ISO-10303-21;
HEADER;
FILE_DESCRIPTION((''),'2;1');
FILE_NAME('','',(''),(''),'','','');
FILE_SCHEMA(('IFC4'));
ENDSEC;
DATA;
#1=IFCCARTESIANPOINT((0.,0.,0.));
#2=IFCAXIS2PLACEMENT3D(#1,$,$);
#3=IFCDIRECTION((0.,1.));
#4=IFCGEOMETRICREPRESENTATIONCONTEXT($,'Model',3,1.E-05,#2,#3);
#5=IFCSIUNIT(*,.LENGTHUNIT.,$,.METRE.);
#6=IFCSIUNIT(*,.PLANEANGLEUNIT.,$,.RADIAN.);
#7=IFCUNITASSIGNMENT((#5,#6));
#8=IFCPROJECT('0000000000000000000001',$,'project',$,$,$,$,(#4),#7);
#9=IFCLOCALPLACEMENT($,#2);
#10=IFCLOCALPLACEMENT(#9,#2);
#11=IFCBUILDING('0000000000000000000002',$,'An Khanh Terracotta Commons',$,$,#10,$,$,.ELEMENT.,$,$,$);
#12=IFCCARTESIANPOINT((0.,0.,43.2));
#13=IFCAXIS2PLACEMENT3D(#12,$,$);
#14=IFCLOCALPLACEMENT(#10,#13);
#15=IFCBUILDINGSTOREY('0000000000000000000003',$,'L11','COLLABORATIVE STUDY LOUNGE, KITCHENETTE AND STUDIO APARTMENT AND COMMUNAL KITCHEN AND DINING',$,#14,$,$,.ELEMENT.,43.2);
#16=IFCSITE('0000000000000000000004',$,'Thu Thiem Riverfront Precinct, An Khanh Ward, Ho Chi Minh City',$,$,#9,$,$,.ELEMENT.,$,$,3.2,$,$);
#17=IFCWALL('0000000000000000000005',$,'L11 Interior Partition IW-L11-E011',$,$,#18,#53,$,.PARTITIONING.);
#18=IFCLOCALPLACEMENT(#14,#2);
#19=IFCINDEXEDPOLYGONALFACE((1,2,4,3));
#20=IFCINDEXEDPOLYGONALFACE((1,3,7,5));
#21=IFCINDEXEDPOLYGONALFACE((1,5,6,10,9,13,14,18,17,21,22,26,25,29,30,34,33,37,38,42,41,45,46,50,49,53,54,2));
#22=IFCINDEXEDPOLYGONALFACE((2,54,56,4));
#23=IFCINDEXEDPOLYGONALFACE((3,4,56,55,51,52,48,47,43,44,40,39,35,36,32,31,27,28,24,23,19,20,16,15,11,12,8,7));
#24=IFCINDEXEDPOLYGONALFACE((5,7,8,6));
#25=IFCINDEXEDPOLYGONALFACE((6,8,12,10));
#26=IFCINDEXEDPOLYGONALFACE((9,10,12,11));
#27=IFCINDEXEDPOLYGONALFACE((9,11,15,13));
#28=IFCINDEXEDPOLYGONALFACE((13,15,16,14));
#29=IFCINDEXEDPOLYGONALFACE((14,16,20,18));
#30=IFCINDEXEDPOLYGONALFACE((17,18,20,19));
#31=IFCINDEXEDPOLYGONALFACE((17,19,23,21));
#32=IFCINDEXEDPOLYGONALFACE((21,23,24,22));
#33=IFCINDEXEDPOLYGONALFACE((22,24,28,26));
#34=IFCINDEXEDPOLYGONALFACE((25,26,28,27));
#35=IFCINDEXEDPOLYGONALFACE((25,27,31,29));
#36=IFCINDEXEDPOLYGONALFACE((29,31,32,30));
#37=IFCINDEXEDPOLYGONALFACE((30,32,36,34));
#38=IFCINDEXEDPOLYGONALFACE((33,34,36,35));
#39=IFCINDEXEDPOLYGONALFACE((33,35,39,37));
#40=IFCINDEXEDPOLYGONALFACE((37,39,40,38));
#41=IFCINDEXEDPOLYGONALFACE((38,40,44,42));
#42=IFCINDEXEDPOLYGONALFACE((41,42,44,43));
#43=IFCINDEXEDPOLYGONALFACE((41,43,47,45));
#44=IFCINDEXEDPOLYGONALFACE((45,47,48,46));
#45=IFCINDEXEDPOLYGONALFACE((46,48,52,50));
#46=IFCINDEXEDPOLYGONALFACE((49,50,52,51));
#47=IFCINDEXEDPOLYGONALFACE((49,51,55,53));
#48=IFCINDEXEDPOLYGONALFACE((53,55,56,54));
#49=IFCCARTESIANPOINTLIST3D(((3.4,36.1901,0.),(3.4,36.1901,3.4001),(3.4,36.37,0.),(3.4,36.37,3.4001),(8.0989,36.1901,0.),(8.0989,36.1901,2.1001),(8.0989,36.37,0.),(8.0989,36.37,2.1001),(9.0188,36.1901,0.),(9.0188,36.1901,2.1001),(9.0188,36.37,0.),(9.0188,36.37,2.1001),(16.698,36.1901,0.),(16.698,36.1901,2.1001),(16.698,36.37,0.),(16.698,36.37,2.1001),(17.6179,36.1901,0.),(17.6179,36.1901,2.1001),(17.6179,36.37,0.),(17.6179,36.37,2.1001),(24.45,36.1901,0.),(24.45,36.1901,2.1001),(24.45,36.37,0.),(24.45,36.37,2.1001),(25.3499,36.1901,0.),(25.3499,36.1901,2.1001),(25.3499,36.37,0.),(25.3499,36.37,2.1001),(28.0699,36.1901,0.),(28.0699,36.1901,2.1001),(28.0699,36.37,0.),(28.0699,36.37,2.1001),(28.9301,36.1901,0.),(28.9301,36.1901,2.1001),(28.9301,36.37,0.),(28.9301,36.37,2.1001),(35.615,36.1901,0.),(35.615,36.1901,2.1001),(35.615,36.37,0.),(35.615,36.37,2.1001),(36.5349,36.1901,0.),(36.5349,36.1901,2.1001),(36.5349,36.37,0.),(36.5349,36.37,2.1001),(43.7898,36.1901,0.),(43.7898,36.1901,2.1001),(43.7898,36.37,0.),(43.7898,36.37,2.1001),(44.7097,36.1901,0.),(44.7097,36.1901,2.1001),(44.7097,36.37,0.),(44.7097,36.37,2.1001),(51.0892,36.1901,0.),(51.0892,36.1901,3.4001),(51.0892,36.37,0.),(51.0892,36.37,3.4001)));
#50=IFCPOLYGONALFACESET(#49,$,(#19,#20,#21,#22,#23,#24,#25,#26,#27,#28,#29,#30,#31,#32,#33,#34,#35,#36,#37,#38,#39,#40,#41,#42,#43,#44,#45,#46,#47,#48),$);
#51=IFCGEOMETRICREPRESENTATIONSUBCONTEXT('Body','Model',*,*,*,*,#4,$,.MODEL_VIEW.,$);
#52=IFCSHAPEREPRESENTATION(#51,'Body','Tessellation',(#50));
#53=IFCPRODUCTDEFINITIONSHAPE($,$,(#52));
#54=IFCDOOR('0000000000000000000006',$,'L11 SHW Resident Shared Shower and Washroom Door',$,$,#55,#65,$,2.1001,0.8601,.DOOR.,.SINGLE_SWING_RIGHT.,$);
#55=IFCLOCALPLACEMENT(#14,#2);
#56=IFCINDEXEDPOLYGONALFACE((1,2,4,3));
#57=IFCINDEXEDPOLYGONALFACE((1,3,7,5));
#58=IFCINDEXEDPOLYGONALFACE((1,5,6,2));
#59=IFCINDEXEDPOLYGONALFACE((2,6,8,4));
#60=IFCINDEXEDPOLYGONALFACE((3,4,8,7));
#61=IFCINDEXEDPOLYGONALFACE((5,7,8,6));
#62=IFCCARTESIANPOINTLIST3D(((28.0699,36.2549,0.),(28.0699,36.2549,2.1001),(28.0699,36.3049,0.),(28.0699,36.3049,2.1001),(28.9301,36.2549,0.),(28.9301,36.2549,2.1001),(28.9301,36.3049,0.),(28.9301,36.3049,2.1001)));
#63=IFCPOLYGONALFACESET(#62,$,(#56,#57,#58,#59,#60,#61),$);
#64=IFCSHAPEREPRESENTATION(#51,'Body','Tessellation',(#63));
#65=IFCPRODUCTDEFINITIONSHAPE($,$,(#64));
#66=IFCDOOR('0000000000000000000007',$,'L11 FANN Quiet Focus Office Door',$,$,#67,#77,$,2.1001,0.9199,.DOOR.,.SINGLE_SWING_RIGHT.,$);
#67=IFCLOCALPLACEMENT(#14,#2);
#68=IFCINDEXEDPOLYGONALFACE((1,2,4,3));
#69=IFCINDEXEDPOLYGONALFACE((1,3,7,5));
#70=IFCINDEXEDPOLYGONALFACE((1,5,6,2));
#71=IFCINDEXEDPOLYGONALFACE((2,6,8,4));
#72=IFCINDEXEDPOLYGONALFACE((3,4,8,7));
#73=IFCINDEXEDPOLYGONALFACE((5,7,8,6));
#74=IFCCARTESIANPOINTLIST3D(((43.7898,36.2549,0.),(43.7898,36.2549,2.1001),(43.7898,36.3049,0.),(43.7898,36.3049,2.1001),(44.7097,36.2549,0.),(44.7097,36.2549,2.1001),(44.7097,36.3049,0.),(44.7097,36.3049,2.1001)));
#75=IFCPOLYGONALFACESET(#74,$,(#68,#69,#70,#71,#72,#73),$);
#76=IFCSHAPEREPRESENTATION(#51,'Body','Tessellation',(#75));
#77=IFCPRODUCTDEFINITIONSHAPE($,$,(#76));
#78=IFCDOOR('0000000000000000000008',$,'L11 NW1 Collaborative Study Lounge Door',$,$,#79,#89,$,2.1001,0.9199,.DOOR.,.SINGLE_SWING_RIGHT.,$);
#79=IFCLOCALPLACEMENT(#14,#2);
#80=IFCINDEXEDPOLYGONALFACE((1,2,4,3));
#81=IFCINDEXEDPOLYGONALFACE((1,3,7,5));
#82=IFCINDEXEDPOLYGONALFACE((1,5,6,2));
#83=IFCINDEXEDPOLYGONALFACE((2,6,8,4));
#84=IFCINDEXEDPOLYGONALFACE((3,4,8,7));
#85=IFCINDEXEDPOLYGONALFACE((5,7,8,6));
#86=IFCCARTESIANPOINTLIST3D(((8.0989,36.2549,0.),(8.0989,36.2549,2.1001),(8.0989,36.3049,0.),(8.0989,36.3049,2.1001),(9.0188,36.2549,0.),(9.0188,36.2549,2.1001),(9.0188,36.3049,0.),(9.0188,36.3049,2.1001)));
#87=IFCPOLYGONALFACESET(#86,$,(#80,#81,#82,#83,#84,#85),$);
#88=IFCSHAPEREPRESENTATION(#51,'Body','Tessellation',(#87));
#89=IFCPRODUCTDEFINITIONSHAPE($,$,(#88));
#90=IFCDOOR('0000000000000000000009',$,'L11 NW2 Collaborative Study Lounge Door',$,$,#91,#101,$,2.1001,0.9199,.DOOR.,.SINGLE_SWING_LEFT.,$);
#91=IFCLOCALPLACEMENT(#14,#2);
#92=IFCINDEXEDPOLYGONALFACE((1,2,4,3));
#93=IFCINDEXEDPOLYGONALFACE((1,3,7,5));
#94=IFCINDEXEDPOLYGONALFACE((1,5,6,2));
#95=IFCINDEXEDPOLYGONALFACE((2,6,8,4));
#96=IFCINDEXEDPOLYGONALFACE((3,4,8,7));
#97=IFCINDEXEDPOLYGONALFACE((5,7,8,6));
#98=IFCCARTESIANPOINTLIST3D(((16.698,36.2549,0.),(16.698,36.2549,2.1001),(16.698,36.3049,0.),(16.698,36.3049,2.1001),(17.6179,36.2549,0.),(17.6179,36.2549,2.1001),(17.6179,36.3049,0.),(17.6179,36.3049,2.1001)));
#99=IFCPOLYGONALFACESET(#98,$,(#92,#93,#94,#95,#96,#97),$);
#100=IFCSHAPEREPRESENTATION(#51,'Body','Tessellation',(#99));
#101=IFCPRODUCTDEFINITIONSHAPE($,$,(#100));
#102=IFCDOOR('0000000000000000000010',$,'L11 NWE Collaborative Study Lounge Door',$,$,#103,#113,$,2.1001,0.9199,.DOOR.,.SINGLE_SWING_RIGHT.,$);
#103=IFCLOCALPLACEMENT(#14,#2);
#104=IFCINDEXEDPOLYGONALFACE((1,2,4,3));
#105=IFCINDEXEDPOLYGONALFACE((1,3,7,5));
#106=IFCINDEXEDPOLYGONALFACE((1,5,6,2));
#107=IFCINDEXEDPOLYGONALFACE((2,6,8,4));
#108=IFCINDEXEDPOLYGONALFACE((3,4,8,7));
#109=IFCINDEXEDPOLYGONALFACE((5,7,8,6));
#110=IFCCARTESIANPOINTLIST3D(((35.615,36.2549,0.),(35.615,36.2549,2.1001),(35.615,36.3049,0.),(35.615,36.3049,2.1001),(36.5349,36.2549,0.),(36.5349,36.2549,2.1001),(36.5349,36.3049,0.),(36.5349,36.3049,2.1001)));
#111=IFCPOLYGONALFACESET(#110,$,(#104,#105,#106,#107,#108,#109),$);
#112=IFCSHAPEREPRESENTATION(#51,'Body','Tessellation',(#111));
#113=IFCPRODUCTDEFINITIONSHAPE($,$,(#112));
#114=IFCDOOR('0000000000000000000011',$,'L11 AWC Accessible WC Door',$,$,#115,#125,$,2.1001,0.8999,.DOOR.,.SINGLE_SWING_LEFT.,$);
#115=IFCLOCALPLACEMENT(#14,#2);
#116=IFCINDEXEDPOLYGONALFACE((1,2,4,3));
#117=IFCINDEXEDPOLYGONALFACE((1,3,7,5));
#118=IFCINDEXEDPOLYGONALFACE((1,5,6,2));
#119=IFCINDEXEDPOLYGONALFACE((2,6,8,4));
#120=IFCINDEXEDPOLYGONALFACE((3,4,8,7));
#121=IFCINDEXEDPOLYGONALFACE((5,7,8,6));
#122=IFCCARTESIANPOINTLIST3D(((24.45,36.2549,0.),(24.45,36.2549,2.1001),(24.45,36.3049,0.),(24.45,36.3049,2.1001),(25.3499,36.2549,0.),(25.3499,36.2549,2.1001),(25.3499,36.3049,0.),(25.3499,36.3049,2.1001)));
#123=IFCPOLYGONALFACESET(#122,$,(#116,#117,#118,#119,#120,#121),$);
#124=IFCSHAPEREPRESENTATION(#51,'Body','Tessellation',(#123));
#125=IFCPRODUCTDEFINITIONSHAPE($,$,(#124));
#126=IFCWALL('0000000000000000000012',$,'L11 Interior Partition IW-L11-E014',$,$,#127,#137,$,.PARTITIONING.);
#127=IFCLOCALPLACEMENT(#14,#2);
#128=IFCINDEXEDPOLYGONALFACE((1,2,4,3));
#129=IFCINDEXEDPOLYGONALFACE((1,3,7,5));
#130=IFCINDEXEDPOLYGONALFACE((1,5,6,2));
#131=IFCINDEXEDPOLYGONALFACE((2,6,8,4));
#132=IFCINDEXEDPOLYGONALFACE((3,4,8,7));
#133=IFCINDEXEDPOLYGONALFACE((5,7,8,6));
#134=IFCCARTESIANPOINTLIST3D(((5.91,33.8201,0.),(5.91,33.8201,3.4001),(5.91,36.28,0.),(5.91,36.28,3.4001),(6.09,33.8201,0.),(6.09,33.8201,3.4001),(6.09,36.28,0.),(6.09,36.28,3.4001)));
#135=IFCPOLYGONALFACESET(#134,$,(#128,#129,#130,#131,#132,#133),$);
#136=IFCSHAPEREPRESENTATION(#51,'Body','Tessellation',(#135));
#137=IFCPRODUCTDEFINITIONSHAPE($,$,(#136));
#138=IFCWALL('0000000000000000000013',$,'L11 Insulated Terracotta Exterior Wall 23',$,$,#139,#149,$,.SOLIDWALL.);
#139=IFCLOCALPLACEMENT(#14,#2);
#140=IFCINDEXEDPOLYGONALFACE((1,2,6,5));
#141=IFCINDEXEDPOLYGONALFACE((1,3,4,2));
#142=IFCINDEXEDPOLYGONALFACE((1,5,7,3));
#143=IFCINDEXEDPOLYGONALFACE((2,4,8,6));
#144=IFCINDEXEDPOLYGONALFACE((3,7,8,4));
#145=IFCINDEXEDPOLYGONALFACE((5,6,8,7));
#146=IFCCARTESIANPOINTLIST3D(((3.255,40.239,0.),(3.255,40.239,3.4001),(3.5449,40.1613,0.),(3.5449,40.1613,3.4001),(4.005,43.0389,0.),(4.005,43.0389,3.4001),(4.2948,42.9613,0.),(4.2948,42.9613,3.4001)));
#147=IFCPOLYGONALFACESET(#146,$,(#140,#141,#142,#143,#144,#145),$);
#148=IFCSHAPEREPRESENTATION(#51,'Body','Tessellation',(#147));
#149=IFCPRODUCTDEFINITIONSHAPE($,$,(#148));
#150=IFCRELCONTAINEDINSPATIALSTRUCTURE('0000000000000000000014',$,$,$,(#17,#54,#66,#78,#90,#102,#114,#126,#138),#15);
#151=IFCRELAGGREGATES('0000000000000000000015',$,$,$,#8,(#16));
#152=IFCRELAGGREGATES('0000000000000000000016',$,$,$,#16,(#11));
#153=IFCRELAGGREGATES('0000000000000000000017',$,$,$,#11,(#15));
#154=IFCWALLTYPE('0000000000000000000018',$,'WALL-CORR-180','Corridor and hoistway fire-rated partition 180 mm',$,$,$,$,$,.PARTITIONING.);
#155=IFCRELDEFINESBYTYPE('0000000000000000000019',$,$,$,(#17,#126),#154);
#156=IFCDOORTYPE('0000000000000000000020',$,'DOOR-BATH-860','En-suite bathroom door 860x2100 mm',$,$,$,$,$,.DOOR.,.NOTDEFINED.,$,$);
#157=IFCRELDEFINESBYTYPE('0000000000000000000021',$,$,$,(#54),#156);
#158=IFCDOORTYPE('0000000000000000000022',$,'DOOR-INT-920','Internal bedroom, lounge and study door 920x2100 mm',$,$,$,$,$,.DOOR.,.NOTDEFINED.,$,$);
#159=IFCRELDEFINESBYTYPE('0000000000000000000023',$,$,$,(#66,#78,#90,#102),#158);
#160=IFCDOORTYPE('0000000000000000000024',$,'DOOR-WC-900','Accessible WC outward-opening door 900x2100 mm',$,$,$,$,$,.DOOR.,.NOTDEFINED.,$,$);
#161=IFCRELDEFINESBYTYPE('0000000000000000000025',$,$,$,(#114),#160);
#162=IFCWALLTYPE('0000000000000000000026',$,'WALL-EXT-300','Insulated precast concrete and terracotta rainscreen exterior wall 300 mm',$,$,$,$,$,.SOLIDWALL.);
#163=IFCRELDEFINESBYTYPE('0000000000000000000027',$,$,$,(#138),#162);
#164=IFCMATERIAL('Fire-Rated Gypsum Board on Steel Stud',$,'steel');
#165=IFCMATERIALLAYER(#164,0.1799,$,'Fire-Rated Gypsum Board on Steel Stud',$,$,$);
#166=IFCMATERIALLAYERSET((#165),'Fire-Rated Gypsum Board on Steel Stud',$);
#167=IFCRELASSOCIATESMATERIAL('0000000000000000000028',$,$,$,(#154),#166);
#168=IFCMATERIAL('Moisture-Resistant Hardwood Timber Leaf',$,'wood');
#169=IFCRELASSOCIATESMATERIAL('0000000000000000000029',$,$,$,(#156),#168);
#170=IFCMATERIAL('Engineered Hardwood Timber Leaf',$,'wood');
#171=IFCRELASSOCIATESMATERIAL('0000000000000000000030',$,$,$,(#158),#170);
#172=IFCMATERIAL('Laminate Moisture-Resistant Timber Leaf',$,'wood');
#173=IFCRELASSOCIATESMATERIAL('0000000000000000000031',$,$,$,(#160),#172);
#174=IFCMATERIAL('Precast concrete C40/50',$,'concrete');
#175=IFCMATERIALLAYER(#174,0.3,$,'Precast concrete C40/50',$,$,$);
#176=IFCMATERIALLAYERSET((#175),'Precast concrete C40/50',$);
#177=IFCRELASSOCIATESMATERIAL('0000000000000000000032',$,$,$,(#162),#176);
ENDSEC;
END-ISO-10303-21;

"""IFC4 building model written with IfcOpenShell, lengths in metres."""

from ifc_helpers import new_model, si_unit, direction, frame, frame_2d, origin, place, context, subcontext, project, spatial, rectangle, extrude, material, layer, layer_set, type_object, element, fill, save


model = new_model("IFC4")

# Units and contexts
model_context = context("Model", 3, precision=1e-05, world=origin(), true_north=direction((0.0, 1.0)))
body_context = subcontext(model_context, "Body", "Model", "MODEL_VIEW")
ifc_project = project(units=[si_unit("LENGTHUNIT", "METRE"), si_unit("PLANEANGLEUNIT", "RADIAN")], contexts=[model_context])

# Site, building, storey
site_placement = place(None, origin())
site = spatial("IfcSite", under=ifc_project, at=site_placement, Name="Thu Thiem Riverfront Precinct, An Khanh Ward, Ho Chi Minh City", CompositionType="ELEMENT", RefElevation=3.2)
building_placement = place(site_placement, origin())
building = spatial("IfcBuilding", under=site, at=building_placement, Name="An Khanh Terracotta Commons", CompositionType="ELEMENT")
storey_placement = place(building_placement, frame((0.0, 0.0, 43.2)))
storey = spatial("IfcBuildingStorey", under=building, at=storey_placement, Name="L11", Description="COLLABORATIVE STUDY LOUNGE, KITCHENETTE AND STUDIO APARTMENT AND COMMUNAL KITCHEN AND DINING", CompositionType="ELEMENT", Elevation=43.2)

# Shared definitions
ifc_material_1 = material(Name="Fire-Rated Gypsum Board on Steel Stud", Category="steel")
ifc_layer_1 = layer(ifc_material_1, 0.1799, Name="Fire-Rated Gypsum Board on Steel Stud")
ifc_layer_set_1 = layer_set([ifc_layer_1], Name="Fire-Rated Gypsum Board on Steel Stud")
wall_type_1 = type_object("IfcWallType", Name="WALL-CORR-180", Description="Corridor and hoistway fire-rated partition 180 mm", PredefinedType="PARTITIONING", material=ifc_layer_set_1)

# Wall, openings, doors
wall_1_placement = place(storey_placement, frame((3.3999, 36.28, 0.0), z_axis=(0.0, 0.0, 1.0), x_axis=(1.0, 0.0, 0.0)))
wall_1 = element("IfcWall", 1, at=wall_1_placement, inside=storey, type_object=wall_type_1, Name="L11 Interior Partition IW-L11-E011", PredefinedType="PARTITIONING", context=body_context, shape_type="SweptSolid", body=[
    extrude(rectangle(XDim=47.6892, YDim=0.1799, at=frame_2d((23.8447, 0.0))), origin(), (0.0, 0.0, 1.0), 3.4001),
])
opening_1_placement = place(wall_1_placement, frame((21.05, 0.0, 0.0)))
opening_1 = element("IfcOpeningElement", 2, at=opening_1_placement, cuts=wall_1, PredefinedType="OPENING", context=body_context, shape_type="SweptSolid", body=[
    extrude(rectangle(XDim=0.8999, YDim=2.1001, at=frame_2d((0.45, 1.05))), frame((0.0, 0.0999, 0.0), z_axis=(0.0, -1.0, 0.0), x_axis=(1.0, 0.0, 0.0)), (0.0, 0.0, 1.0), 0.2),
])
opening_2_placement = place(wall_1_placement, frame((24.6699, 0.0, 0.0)))
opening_2 = element("IfcOpeningElement", 3, at=opening_2_placement, cuts=wall_1, PredefinedType="OPENING", context=body_context, shape_type="SweptSolid", body=[
    extrude(rectangle(XDim=0.8601, YDim=2.1001, at=frame_2d((0.4302, 1.05))), frame((0.0, 0.0999, 0.0), z_axis=(0.0, -1.0, 0.0), x_axis=(1.0, 0.0, 0.0)), (0.0, 0.0, 1.0), 0.2),
])
opening_3_placement = place(wall_1_placement, frame((40.3899, 0.0, 0.0)))
opening_3 = element("IfcOpeningElement", 4, at=opening_3_placement, cuts=wall_1, PredefinedType="OPENING", context=body_context, shape_type="SweptSolid", body=[
    extrude(rectangle(XDim=0.9199, YDim=2.1001, at=frame_2d((0.46, 1.05))), frame((0.0, 0.0999, 0.0), z_axis=(0.0, -1.0, 0.0), x_axis=(1.0, 0.0, 0.0)), (0.0, 0.0, 1.0), 0.2),
])
opening_4_placement = place(wall_1_placement, frame((4.699, 0.0, 0.0)))
opening_4 = element("IfcOpeningElement", 5, at=opening_4_placement, cuts=wall_1, PredefinedType="OPENING", context=body_context, shape_type="SweptSolid", body=[
    extrude(rectangle(XDim=0.9199, YDim=2.1001, at=frame_2d((0.46, 1.05))), frame((0.0, 0.0999, 0.0), z_axis=(0.0, -1.0, 0.0), x_axis=(1.0, 0.0, 0.0)), (0.0, 0.0, 1.0), 0.2),
])
opening_5_placement = place(wall_1_placement, frame((13.2981, 0.0, 0.0)))
opening_5 = element("IfcOpeningElement", 6, at=opening_5_placement, cuts=wall_1, PredefinedType="OPENING", context=body_context, shape_type="SweptSolid", body=[
    extrude(rectangle(XDim=0.9199, YDim=2.1001, at=frame_2d((0.46, 1.05))), frame((0.0, 0.0999, 0.0), z_axis=(0.0, -1.0, 0.0), x_axis=(1.0, 0.0, 0.0)), (0.0, 0.0, 1.0), 0.2),
])
opening_6_placement = place(wall_1_placement, frame((32.2151, 0.0, 0.0)))
opening_6 = element("IfcOpeningElement", 7, at=opening_6_placement, cuts=wall_1, PredefinedType="OPENING", context=body_context, shape_type="SweptSolid", body=[
    extrude(rectangle(XDim=0.9199, YDim=2.1001, at=frame_2d((0.46, 1.05))), frame((0.0, 0.0999, 0.0), z_axis=(0.0, -1.0, 0.0), x_axis=(1.0, 0.0, 0.0)), (0.0, 0.0, 1.0), 0.2),
])
ifc_material_2 = material(Name="Moisture-Resistant Hardwood Timber Leaf", Category="wood")
door_type_1 = type_object("IfcDoorType", Name="DOOR-BATH-860", Description="En-suite bathroom door 860x2100 mm", OperationType="NOTDEFINED", PredefinedType="DOOR", material=ifc_material_2)
door_1_placement = place(opening_2_placement, origin())
door_1 = element("IfcDoor", 8, at=door_1_placement, inside=storey, type_object=door_type_1, Name="L11 SHW Resident Shared Shower and Washroom Door", OperationType="SINGLE_SWING_RIGHT", OverallHeight=2.1001, OverallWidth=0.8601, PredefinedType="DOOR", context=body_context, shape_type="SweptSolid", body=[
    extrude(rectangle(XDim=0.8601, YDim=2.1001, at=frame_2d((0.4302, 1.05))), frame((0.0, 0.0249, 0.0), z_axis=(0.0, -1.0, 0.0), x_axis=(1.0, 0.0, 0.0)), (0.0, 0.0, 1.0), 0.05),
])
fill(opening_2, door_1)
ifc_material_3 = material(Name="Engineered Hardwood Timber Leaf", Category="wood")
door_type_2 = type_object("IfcDoorType", Name="DOOR-INT-920", Description="Internal bedroom, lounge and study door 920x2100 mm", OperationType="NOTDEFINED", PredefinedType="DOOR", material=ifc_material_3)
door_2_placement = place(opening_3_placement, origin())
door_2 = element("IfcDoor", 9, at=door_2_placement, inside=storey, type_object=door_type_2, Name="L11 FANN Quiet Focus Office Door", OperationType="SINGLE_SWING_RIGHT", OverallHeight=2.1001, OverallWidth=0.9199, PredefinedType="DOOR", context=body_context, shape_type="SweptSolid", body=[
    extrude(rectangle(XDim=0.9199, YDim=2.1001, at=frame_2d((0.46, 1.05))), frame((0.0, 0.0249, 0.0), z_axis=(0.0, -1.0, 0.0), x_axis=(1.0, 0.0, 0.0)), (0.0, 0.0, 1.0), 0.05),
])
fill(opening_3, door_2)
door_3_placement = place(opening_4_placement, origin())
door_3 = element("IfcDoor", 10, at=door_3_placement, inside=storey, type_object=door_type_2, Name="L11 NW1 Collaborative Study Lounge Door", OperationType="SINGLE_SWING_RIGHT", OverallHeight=2.1001, OverallWidth=0.9199, PredefinedType="DOOR", context=body_context, shape_type="SweptSolid", body=[
    extrude(rectangle(XDim=0.9199, YDim=2.1001, at=frame_2d((0.46, 1.05))), frame((0.0, 0.0249, 0.0), z_axis=(0.0, -1.0, 0.0), x_axis=(1.0, 0.0, 0.0)), (0.0, 0.0, 1.0), 0.05),
])
fill(opening_4, door_3)
door_4_placement = place(opening_5_placement, origin())
door_4 = element("IfcDoor", 11, at=door_4_placement, inside=storey, type_object=door_type_2, Name="L11 NW2 Collaborative Study Lounge Door", OperationType="SINGLE_SWING_LEFT", OverallHeight=2.1001, OverallWidth=0.9199, PredefinedType="DOOR", context=body_context, shape_type="SweptSolid", body=[
    extrude(rectangle(XDim=0.9199, YDim=2.1001, at=frame_2d((0.46, 1.05))), frame((0.0, 0.0249, 0.0), z_axis=(0.0, -1.0, 0.0), x_axis=(1.0, 0.0, 0.0)), (0.0, 0.0, 1.0), 0.05),
])
fill(opening_5, door_4)
door_5_placement = place(opening_6_placement, origin())
door_5 = element("IfcDoor", 12, at=door_5_placement, inside=storey, type_object=door_type_2, Name="L11 NWE Collaborative Study Lounge Door", OperationType="SINGLE_SWING_RIGHT", OverallHeight=2.1001, OverallWidth=0.9199, PredefinedType="DOOR", context=body_context, shape_type="SweptSolid", body=[
    extrude(rectangle(XDim=0.9199, YDim=2.1001, at=frame_2d((0.46, 1.05))), frame((0.0, 0.0249, 0.0), z_axis=(0.0, -1.0, 0.0), x_axis=(1.0, 0.0, 0.0)), (0.0, 0.0, 1.0), 0.05),
])
fill(opening_6, door_5)
ifc_material_4 = material(Name="Laminate Moisture-Resistant Timber Leaf", Category="wood")
door_type_3 = type_object("IfcDoorType", Name="DOOR-WC-900", Description="Accessible WC outward-opening door 900x2100 mm", OperationType="NOTDEFINED", PredefinedType="DOOR", material=ifc_material_4)
door_6_placement = place(opening_1_placement, origin())
door_6 = element("IfcDoor", 13, at=door_6_placement, inside=storey, type_object=door_type_3, Name="L11 AWC Accessible WC Door", OperationType="SINGLE_SWING_LEFT", OverallHeight=2.1001, OverallWidth=0.8999, PredefinedType="DOOR", context=body_context, shape_type="SweptSolid", body=[
    extrude(rectangle(XDim=0.8999, YDim=2.1001, at=frame_2d((0.45, 1.05))), frame((0.0, 0.0249, 0.0), z_axis=(0.0, -1.0, 0.0), x_axis=(1.0, 0.0, 0.0)), (0.0, 0.0, 1.0), 0.05),
])
fill(opening_1, door_6)

# Walls
wall_2_placement = place(storey_placement, frame((6.0, 33.8201, 0.0), z_axis=(0.0, 0.0, 1.0), x_axis=(0.0, 1.0, 0.0)))
element("IfcWall", 14, at=wall_2_placement, inside=storey, type_object=wall_type_1, Name="L11 Interior Partition IW-L11-E014", PredefinedType="PARTITIONING", context=body_context, shape_type="SweptSolid", body=[
    extrude(rectangle(XDim=2.46, YDim=0.1799, at=frame_2d((1.23, 0.0))), origin(), (0.0, 0.0, 1.0), 3.4001),
])
ifc_material_5 = material(Name="Precast concrete C40/50", Category="concrete")
ifc_layer_2 = layer(ifc_material_5, 0.3, Name="Precast concrete C40/50")
ifc_layer_set_2 = layer_set([ifc_layer_2], Name="Precast concrete C40/50")
wall_type_2 = type_object("IfcWallType", Name="WALL-EXT-300", Description="Insulated precast concrete and terracotta rainscreen exterior wall 300 mm", PredefinedType="SOLIDWALL", material=ifc_layer_set_2)
wall_3_placement = place(storey_placement, frame((4.1499, 43.0, 0.0), z_axis=(0.0, 0.0, 1.0), x_axis=(-0.258732, -0.965949, 0.0)))
element("IfcWall", 15, at=wall_3_placement, inside=storey, type_object=wall_type_2, Name="L11 Insulated Terracotta Exterior Wall 23", PredefinedType="SOLIDWALL", context=body_context, shape_type="SweptSolid", body=[
    extrude(rectangle(XDim=2.8987, YDim=0.3, at=frame_2d((1.4492, 0.0))), origin(), (0.0, 0.0, 1.0), 3.4001),
])

save(model, "model.ifc")
